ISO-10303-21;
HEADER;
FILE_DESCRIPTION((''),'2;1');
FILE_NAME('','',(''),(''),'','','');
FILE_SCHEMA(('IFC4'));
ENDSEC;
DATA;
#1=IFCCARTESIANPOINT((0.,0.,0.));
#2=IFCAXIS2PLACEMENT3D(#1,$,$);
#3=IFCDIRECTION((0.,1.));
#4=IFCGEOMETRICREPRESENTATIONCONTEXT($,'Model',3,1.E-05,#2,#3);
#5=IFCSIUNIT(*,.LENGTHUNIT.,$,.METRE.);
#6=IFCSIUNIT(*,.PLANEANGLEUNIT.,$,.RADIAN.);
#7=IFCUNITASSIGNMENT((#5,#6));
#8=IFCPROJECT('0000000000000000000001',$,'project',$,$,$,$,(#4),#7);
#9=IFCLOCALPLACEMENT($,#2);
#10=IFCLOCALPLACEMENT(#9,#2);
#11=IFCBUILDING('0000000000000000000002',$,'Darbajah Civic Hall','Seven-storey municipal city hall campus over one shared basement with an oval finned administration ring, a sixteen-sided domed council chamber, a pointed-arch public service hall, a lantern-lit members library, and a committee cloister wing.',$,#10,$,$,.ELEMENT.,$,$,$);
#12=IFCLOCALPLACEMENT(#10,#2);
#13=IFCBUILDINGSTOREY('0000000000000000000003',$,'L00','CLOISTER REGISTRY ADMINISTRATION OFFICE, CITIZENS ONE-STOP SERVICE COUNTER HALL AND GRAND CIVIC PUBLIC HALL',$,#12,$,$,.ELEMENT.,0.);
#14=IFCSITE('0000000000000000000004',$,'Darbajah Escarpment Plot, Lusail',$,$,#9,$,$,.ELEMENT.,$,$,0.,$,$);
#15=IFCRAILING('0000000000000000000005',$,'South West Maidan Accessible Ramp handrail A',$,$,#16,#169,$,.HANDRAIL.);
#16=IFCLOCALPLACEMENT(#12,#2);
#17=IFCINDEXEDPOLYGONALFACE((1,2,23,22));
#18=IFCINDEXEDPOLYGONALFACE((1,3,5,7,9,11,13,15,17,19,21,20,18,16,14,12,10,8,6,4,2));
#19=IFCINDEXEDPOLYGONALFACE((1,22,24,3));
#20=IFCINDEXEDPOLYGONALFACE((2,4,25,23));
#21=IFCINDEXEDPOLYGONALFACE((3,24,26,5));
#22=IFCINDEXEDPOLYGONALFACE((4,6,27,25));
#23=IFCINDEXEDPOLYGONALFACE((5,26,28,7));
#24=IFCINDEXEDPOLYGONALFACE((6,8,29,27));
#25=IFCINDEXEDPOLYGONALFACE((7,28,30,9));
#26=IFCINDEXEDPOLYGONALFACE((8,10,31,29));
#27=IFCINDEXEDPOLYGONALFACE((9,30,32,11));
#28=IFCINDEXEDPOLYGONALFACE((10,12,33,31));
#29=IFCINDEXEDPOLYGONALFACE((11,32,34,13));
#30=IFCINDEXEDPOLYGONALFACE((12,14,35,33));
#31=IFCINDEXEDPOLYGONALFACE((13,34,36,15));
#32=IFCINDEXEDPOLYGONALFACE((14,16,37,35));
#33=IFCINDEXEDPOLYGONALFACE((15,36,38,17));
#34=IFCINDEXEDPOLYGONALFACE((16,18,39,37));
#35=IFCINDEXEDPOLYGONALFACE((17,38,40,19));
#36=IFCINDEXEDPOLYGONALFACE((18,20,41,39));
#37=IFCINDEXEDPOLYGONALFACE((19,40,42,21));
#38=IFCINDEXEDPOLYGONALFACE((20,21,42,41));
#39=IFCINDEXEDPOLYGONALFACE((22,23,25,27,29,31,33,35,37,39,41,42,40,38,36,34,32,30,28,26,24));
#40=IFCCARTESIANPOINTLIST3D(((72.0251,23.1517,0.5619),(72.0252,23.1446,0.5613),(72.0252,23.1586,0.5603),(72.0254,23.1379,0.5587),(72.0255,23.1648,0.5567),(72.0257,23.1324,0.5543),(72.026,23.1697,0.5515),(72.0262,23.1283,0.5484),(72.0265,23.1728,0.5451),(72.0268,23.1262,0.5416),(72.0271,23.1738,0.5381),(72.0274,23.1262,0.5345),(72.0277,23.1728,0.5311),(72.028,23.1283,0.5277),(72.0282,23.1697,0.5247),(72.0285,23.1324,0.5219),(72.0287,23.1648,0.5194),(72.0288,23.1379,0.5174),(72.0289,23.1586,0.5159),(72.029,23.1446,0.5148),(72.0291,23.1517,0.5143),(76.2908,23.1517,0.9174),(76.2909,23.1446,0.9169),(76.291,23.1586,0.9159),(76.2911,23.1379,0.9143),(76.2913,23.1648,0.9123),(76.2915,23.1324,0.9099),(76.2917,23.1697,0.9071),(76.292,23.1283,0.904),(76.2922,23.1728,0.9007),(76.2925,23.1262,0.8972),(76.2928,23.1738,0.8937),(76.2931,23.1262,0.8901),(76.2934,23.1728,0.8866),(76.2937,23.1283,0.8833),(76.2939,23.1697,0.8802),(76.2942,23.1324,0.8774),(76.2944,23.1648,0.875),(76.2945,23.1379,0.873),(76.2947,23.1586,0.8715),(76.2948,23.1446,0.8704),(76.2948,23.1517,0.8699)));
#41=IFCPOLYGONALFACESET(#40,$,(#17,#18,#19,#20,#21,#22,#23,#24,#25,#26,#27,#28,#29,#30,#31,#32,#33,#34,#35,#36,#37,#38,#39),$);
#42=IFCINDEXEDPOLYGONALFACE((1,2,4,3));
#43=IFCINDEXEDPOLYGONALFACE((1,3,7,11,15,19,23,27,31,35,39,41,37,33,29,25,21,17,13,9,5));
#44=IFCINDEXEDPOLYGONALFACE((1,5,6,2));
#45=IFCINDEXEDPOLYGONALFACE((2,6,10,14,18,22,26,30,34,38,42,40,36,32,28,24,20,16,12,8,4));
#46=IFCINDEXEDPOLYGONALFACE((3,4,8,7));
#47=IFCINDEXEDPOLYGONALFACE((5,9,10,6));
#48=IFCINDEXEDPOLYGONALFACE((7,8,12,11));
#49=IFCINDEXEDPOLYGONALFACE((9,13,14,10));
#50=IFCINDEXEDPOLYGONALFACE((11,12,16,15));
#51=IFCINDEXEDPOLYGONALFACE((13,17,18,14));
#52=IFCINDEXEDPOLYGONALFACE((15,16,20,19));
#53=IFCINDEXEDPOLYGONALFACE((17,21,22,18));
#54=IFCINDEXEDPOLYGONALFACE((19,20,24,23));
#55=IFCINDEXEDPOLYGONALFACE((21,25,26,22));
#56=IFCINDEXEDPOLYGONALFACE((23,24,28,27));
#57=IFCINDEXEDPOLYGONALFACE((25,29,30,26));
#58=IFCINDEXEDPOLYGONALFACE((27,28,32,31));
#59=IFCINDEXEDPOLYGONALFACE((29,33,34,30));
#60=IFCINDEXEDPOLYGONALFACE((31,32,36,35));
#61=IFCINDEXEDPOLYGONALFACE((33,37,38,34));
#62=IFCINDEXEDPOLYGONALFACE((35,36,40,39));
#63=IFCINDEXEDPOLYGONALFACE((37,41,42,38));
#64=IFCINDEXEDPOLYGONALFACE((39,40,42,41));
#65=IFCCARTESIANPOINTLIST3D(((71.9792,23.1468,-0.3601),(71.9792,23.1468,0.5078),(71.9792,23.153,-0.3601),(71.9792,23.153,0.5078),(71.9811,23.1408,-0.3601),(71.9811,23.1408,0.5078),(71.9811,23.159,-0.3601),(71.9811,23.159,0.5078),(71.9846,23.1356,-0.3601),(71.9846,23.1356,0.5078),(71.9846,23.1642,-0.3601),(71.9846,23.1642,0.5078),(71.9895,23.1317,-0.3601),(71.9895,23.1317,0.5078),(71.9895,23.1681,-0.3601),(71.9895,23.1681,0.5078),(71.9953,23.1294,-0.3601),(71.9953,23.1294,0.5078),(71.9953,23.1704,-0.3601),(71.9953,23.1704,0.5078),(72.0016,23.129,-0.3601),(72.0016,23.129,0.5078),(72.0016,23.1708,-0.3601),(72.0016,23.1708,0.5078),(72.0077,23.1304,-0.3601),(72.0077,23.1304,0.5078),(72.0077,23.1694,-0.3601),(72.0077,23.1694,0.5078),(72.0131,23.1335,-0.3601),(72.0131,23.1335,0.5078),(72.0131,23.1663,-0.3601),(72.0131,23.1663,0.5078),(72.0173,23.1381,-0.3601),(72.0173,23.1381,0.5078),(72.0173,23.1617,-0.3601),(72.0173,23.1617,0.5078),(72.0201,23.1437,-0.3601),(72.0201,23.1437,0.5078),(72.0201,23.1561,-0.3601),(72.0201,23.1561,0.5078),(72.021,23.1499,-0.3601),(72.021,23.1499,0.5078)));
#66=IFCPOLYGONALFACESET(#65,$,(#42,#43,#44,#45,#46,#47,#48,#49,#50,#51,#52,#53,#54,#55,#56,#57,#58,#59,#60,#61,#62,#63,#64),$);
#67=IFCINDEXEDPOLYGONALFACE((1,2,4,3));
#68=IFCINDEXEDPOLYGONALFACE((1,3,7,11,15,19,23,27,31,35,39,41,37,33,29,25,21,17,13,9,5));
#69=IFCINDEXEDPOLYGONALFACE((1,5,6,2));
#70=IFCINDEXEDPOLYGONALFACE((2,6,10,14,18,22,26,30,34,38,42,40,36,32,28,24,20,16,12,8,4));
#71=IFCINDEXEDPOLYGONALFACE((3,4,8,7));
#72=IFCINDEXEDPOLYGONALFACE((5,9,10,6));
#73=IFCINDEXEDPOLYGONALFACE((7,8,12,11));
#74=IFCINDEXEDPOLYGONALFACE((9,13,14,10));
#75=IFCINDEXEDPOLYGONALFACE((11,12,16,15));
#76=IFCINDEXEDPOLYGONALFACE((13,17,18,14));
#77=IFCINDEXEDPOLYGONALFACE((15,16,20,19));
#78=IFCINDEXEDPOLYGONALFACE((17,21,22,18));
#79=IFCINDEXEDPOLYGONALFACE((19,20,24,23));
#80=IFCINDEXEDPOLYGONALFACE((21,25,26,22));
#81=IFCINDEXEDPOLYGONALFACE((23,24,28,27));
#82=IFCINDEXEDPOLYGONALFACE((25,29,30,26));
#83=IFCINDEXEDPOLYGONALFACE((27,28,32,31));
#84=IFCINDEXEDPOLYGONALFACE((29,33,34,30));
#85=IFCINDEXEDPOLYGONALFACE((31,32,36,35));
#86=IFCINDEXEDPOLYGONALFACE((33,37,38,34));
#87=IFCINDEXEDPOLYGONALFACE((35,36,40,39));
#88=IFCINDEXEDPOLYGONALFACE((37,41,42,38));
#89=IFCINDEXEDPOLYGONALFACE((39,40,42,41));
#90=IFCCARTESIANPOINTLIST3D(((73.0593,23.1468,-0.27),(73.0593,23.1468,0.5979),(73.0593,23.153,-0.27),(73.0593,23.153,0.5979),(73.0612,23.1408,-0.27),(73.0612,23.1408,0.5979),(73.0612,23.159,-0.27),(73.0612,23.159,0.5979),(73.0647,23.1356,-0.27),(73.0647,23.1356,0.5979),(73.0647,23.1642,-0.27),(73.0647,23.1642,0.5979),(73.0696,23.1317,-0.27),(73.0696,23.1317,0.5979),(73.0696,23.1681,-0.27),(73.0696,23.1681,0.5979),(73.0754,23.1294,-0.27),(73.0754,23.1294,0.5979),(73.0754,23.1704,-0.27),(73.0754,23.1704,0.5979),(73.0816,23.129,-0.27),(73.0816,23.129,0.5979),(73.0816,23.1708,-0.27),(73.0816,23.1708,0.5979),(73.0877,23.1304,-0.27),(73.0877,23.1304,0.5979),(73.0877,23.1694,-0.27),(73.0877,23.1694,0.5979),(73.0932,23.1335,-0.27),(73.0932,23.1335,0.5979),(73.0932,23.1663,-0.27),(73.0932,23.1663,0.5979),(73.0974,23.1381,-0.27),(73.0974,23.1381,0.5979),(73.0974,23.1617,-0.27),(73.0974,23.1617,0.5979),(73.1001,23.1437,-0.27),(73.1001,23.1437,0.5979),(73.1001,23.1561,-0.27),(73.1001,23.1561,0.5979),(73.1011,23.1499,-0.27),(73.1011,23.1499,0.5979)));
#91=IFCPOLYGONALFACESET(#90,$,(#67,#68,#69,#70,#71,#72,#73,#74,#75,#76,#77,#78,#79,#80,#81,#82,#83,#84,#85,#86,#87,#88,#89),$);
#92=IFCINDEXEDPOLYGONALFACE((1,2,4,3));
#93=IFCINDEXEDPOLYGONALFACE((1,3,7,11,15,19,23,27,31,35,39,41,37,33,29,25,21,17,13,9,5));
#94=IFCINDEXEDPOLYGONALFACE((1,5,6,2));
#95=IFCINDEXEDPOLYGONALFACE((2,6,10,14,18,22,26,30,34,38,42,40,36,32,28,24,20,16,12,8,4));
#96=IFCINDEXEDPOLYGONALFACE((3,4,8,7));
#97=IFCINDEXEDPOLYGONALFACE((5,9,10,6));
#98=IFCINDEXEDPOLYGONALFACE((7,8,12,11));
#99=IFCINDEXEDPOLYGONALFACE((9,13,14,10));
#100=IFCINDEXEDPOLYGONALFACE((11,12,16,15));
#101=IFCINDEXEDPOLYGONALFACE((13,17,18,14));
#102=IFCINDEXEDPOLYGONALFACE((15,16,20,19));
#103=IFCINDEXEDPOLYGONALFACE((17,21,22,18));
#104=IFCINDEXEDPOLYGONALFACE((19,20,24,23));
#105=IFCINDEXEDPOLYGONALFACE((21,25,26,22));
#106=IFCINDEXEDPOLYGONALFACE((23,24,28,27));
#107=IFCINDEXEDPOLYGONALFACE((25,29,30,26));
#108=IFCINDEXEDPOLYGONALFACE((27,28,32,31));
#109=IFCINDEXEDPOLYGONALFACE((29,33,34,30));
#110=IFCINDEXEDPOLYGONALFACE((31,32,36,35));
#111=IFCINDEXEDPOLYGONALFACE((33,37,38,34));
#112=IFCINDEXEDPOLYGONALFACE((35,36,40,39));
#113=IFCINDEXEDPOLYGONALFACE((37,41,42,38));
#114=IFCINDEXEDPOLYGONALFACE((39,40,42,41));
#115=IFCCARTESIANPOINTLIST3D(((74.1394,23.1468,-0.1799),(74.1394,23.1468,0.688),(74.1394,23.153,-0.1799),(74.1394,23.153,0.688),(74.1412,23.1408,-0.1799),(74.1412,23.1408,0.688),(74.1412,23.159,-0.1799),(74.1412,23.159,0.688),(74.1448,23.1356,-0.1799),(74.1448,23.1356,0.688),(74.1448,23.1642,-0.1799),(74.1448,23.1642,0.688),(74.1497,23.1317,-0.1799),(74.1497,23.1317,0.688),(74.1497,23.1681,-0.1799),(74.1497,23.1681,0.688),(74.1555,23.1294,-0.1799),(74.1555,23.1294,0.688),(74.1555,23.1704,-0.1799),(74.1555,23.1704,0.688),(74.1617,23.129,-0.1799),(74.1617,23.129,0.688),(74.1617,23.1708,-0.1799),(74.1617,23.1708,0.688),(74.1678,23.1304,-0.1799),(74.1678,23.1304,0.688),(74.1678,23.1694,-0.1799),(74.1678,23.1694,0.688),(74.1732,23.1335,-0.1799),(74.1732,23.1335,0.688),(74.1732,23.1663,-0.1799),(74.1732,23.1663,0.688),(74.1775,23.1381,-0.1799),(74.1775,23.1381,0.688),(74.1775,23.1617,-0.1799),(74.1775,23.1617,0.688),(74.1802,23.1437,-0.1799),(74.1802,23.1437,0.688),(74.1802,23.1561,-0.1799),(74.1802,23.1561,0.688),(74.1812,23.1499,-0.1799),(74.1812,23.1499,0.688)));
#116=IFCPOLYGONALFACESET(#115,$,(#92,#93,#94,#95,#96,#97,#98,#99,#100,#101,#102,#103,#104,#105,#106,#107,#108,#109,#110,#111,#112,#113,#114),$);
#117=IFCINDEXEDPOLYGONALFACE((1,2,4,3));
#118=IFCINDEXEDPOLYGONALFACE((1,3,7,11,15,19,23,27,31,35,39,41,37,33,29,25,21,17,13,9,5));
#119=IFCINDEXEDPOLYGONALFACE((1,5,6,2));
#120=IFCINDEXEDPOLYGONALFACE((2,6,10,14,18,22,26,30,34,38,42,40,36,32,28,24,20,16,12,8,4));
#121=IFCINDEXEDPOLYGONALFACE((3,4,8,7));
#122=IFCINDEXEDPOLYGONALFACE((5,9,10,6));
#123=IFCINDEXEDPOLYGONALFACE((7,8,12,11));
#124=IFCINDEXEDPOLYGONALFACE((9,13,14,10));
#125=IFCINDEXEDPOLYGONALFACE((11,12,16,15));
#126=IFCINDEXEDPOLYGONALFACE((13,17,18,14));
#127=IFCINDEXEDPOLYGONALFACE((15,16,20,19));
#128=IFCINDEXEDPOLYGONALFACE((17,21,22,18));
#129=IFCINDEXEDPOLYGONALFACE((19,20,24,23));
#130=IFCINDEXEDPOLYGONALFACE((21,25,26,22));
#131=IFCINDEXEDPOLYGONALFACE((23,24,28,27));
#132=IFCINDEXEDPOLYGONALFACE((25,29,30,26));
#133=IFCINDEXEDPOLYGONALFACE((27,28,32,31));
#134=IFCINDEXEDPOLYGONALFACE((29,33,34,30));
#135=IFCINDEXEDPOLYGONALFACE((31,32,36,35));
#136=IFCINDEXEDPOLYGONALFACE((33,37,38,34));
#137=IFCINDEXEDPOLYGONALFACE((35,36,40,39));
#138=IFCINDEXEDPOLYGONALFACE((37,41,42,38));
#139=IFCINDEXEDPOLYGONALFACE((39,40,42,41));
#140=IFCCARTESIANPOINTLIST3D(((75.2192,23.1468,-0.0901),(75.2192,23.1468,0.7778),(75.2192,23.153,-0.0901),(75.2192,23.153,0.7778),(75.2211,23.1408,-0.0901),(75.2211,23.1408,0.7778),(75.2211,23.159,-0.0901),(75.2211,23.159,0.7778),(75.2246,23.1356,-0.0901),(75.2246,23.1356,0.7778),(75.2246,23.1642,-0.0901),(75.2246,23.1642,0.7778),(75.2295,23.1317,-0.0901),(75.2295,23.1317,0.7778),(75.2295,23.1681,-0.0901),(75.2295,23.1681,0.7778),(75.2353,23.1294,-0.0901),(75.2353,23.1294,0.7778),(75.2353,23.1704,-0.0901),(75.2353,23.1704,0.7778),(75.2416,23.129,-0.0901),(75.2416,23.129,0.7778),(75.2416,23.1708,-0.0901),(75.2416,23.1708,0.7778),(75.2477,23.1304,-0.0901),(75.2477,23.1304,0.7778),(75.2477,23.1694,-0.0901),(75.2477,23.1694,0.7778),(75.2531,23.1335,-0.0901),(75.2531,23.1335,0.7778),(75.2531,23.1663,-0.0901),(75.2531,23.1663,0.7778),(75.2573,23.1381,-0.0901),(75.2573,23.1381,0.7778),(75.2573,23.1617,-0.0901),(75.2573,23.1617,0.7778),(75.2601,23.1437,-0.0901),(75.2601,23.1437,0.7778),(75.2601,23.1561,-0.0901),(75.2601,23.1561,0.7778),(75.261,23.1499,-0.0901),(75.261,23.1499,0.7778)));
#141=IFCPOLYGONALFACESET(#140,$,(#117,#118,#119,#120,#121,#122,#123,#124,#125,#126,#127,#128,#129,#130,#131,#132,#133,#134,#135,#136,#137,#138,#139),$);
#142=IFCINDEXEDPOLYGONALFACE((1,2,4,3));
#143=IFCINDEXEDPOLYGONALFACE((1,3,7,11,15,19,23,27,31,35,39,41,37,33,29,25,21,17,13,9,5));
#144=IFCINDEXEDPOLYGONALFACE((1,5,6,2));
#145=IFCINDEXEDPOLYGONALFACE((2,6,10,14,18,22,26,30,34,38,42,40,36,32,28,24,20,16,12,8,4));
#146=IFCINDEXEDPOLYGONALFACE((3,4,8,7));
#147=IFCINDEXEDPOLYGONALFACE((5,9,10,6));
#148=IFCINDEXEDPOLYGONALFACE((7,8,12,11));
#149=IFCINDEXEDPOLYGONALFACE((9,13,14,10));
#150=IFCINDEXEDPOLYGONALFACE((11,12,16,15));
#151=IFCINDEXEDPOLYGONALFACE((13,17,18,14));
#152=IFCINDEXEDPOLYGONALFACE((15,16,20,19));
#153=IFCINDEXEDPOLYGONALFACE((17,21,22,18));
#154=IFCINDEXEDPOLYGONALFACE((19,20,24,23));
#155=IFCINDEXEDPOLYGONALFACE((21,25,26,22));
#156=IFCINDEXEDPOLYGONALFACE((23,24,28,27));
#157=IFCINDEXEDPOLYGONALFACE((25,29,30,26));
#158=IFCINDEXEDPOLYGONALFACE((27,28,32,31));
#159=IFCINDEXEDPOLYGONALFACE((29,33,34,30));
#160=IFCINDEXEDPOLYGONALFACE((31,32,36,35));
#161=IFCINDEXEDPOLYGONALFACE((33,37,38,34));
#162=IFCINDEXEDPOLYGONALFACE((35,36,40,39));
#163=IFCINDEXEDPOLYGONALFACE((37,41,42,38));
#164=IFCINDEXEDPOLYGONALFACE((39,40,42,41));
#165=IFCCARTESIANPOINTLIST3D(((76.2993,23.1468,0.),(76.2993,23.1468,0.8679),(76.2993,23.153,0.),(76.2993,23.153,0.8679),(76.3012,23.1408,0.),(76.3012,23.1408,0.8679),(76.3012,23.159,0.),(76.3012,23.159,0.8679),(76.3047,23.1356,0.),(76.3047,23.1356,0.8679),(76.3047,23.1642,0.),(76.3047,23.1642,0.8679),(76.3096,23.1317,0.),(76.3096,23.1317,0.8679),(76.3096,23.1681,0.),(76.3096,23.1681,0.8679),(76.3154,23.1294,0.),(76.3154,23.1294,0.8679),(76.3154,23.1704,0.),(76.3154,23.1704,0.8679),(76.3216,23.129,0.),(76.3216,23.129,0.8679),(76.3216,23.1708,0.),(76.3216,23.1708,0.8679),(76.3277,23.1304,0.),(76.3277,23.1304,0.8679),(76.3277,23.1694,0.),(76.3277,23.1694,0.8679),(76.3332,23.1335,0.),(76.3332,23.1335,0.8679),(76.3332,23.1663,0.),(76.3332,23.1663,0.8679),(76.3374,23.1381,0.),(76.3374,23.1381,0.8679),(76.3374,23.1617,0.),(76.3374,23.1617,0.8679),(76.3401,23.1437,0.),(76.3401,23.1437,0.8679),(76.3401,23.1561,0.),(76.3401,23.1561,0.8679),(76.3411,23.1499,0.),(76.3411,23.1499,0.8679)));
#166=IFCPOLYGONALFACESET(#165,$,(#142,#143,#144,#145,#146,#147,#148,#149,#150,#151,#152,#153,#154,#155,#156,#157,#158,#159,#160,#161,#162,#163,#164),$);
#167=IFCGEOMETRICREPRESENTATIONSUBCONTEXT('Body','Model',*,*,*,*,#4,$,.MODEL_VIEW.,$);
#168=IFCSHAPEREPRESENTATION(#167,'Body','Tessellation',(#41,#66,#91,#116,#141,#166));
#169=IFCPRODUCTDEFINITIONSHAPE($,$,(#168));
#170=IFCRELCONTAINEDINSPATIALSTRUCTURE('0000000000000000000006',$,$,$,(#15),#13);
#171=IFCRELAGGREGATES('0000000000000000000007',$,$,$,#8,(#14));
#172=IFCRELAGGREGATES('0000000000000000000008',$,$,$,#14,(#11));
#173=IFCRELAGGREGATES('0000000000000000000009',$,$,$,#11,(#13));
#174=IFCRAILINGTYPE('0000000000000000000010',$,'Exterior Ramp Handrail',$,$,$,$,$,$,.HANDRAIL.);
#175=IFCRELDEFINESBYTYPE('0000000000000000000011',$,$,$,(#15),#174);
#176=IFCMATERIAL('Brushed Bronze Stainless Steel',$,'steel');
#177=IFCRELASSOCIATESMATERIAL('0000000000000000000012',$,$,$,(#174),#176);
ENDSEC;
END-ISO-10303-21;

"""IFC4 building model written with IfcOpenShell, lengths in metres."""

from ifc_helpers import new_model, si_unit, direction, frame, origin, origin_2d, place, context, subcontext, project, spatial, circle, extrude, material, type_object, element, save


model = new_model("IFC4")

# Units and contexts
model_context = context("Model", 3, precision=1e-05, world=origin(), true_north=direction((0.0, 1.0)))
body_context = subcontext(model_context, "Body", "Model", "MODEL_VIEW")
ifc_project = project(units=[si_unit("LENGTHUNIT", "METRE"), si_unit("PLANEANGLEUNIT", "RADIAN")], contexts=[model_context])

# Site, building, storey
site_placement = place(None, origin())
site = spatial("IfcSite", under=ifc_project, at=site_placement, Name="Darbajah Escarpment Plot, Lusail", CompositionType="ELEMENT", RefElevation=0.0)
building_placement = place(site_placement, origin())
building = spatial("IfcBuilding", under=site, at=building_placement, Name="Darbajah Civic Hall", Description="Seven-storey municipal city hall campus over one shared basement with an oval finned administration ring, a sixteen-sided domed council chamber, a pointed-arch public service hall, a lantern-lit members library, and a committee cloister wing.", CompositionType="ELEMENT")
storey_placement = place(building_placement, origin())
storey = spatial("IfcBuildingStorey", under=building, at=storey_placement, Name="L00", Description="CLOISTER REGISTRY ADMINISTRATION OFFICE, CITIZENS ONE-STOP SERVICE COUNTER HALL AND GRAND CIVIC PUBLIC HALL", CompositionType="ELEMENT", Elevation=0.0)

# Railing
ifc_material_1 = material(Name="Brushed Bronze Stainless Steel", Category="steel")
railing_type = type_object("IfcRailingType", Name="Exterior Ramp Handrail", PredefinedType="HANDRAIL", material=ifc_material_1)
for number, where, name in (
    (1, (72.0, 23.1499, -0.3601), "South West Maidan Accessible Ramp handrail A"),
):
    element("IfcRailing", number, at=place(storey_placement, frame(where)), inside=storey, type_object=railing_type, Name=name, PredefinedType="HANDRAIL", context=body_context, shape_type="SweptSolid", body=[
        extrude(circle(Radius=0.0239, at=origin_2d()), frame((0.0271, 0.0, 0.8982), z_axis=(0.996544, 0.0, 0.083069), x_axis=(0.0, 1.0, 0.0)), (0.0, 0.0, 1.0), 4.2805),
        extrude(circle(Radius=0.021, at=origin_2d()), origin(), (0.0, 0.0, 1.0), 0.8679),
        extrude(circle(Radius=0.021, at=origin_2d()), frame((1.0801, 0.0, 0.0901)), (0.0, 0.0, 1.0), 0.8679),
        extrude(circle(Radius=0.021, at=origin_2d()), frame((2.1602, 0.0, 0.1802)), (0.0, 0.0, 1.0), 0.8679),
        extrude(circle(Radius=0.021, at=origin_2d()), frame((3.24, 0.0, 0.27)), (0.0, 0.0, 1.0), 0.8679),
        extrude(circle(Radius=0.021, at=origin_2d()), frame((4.3201, 0.0, 0.3601)), (0.0, 0.0, 1.0), 0.8679),
    ])

save(model, "model.ifc")
